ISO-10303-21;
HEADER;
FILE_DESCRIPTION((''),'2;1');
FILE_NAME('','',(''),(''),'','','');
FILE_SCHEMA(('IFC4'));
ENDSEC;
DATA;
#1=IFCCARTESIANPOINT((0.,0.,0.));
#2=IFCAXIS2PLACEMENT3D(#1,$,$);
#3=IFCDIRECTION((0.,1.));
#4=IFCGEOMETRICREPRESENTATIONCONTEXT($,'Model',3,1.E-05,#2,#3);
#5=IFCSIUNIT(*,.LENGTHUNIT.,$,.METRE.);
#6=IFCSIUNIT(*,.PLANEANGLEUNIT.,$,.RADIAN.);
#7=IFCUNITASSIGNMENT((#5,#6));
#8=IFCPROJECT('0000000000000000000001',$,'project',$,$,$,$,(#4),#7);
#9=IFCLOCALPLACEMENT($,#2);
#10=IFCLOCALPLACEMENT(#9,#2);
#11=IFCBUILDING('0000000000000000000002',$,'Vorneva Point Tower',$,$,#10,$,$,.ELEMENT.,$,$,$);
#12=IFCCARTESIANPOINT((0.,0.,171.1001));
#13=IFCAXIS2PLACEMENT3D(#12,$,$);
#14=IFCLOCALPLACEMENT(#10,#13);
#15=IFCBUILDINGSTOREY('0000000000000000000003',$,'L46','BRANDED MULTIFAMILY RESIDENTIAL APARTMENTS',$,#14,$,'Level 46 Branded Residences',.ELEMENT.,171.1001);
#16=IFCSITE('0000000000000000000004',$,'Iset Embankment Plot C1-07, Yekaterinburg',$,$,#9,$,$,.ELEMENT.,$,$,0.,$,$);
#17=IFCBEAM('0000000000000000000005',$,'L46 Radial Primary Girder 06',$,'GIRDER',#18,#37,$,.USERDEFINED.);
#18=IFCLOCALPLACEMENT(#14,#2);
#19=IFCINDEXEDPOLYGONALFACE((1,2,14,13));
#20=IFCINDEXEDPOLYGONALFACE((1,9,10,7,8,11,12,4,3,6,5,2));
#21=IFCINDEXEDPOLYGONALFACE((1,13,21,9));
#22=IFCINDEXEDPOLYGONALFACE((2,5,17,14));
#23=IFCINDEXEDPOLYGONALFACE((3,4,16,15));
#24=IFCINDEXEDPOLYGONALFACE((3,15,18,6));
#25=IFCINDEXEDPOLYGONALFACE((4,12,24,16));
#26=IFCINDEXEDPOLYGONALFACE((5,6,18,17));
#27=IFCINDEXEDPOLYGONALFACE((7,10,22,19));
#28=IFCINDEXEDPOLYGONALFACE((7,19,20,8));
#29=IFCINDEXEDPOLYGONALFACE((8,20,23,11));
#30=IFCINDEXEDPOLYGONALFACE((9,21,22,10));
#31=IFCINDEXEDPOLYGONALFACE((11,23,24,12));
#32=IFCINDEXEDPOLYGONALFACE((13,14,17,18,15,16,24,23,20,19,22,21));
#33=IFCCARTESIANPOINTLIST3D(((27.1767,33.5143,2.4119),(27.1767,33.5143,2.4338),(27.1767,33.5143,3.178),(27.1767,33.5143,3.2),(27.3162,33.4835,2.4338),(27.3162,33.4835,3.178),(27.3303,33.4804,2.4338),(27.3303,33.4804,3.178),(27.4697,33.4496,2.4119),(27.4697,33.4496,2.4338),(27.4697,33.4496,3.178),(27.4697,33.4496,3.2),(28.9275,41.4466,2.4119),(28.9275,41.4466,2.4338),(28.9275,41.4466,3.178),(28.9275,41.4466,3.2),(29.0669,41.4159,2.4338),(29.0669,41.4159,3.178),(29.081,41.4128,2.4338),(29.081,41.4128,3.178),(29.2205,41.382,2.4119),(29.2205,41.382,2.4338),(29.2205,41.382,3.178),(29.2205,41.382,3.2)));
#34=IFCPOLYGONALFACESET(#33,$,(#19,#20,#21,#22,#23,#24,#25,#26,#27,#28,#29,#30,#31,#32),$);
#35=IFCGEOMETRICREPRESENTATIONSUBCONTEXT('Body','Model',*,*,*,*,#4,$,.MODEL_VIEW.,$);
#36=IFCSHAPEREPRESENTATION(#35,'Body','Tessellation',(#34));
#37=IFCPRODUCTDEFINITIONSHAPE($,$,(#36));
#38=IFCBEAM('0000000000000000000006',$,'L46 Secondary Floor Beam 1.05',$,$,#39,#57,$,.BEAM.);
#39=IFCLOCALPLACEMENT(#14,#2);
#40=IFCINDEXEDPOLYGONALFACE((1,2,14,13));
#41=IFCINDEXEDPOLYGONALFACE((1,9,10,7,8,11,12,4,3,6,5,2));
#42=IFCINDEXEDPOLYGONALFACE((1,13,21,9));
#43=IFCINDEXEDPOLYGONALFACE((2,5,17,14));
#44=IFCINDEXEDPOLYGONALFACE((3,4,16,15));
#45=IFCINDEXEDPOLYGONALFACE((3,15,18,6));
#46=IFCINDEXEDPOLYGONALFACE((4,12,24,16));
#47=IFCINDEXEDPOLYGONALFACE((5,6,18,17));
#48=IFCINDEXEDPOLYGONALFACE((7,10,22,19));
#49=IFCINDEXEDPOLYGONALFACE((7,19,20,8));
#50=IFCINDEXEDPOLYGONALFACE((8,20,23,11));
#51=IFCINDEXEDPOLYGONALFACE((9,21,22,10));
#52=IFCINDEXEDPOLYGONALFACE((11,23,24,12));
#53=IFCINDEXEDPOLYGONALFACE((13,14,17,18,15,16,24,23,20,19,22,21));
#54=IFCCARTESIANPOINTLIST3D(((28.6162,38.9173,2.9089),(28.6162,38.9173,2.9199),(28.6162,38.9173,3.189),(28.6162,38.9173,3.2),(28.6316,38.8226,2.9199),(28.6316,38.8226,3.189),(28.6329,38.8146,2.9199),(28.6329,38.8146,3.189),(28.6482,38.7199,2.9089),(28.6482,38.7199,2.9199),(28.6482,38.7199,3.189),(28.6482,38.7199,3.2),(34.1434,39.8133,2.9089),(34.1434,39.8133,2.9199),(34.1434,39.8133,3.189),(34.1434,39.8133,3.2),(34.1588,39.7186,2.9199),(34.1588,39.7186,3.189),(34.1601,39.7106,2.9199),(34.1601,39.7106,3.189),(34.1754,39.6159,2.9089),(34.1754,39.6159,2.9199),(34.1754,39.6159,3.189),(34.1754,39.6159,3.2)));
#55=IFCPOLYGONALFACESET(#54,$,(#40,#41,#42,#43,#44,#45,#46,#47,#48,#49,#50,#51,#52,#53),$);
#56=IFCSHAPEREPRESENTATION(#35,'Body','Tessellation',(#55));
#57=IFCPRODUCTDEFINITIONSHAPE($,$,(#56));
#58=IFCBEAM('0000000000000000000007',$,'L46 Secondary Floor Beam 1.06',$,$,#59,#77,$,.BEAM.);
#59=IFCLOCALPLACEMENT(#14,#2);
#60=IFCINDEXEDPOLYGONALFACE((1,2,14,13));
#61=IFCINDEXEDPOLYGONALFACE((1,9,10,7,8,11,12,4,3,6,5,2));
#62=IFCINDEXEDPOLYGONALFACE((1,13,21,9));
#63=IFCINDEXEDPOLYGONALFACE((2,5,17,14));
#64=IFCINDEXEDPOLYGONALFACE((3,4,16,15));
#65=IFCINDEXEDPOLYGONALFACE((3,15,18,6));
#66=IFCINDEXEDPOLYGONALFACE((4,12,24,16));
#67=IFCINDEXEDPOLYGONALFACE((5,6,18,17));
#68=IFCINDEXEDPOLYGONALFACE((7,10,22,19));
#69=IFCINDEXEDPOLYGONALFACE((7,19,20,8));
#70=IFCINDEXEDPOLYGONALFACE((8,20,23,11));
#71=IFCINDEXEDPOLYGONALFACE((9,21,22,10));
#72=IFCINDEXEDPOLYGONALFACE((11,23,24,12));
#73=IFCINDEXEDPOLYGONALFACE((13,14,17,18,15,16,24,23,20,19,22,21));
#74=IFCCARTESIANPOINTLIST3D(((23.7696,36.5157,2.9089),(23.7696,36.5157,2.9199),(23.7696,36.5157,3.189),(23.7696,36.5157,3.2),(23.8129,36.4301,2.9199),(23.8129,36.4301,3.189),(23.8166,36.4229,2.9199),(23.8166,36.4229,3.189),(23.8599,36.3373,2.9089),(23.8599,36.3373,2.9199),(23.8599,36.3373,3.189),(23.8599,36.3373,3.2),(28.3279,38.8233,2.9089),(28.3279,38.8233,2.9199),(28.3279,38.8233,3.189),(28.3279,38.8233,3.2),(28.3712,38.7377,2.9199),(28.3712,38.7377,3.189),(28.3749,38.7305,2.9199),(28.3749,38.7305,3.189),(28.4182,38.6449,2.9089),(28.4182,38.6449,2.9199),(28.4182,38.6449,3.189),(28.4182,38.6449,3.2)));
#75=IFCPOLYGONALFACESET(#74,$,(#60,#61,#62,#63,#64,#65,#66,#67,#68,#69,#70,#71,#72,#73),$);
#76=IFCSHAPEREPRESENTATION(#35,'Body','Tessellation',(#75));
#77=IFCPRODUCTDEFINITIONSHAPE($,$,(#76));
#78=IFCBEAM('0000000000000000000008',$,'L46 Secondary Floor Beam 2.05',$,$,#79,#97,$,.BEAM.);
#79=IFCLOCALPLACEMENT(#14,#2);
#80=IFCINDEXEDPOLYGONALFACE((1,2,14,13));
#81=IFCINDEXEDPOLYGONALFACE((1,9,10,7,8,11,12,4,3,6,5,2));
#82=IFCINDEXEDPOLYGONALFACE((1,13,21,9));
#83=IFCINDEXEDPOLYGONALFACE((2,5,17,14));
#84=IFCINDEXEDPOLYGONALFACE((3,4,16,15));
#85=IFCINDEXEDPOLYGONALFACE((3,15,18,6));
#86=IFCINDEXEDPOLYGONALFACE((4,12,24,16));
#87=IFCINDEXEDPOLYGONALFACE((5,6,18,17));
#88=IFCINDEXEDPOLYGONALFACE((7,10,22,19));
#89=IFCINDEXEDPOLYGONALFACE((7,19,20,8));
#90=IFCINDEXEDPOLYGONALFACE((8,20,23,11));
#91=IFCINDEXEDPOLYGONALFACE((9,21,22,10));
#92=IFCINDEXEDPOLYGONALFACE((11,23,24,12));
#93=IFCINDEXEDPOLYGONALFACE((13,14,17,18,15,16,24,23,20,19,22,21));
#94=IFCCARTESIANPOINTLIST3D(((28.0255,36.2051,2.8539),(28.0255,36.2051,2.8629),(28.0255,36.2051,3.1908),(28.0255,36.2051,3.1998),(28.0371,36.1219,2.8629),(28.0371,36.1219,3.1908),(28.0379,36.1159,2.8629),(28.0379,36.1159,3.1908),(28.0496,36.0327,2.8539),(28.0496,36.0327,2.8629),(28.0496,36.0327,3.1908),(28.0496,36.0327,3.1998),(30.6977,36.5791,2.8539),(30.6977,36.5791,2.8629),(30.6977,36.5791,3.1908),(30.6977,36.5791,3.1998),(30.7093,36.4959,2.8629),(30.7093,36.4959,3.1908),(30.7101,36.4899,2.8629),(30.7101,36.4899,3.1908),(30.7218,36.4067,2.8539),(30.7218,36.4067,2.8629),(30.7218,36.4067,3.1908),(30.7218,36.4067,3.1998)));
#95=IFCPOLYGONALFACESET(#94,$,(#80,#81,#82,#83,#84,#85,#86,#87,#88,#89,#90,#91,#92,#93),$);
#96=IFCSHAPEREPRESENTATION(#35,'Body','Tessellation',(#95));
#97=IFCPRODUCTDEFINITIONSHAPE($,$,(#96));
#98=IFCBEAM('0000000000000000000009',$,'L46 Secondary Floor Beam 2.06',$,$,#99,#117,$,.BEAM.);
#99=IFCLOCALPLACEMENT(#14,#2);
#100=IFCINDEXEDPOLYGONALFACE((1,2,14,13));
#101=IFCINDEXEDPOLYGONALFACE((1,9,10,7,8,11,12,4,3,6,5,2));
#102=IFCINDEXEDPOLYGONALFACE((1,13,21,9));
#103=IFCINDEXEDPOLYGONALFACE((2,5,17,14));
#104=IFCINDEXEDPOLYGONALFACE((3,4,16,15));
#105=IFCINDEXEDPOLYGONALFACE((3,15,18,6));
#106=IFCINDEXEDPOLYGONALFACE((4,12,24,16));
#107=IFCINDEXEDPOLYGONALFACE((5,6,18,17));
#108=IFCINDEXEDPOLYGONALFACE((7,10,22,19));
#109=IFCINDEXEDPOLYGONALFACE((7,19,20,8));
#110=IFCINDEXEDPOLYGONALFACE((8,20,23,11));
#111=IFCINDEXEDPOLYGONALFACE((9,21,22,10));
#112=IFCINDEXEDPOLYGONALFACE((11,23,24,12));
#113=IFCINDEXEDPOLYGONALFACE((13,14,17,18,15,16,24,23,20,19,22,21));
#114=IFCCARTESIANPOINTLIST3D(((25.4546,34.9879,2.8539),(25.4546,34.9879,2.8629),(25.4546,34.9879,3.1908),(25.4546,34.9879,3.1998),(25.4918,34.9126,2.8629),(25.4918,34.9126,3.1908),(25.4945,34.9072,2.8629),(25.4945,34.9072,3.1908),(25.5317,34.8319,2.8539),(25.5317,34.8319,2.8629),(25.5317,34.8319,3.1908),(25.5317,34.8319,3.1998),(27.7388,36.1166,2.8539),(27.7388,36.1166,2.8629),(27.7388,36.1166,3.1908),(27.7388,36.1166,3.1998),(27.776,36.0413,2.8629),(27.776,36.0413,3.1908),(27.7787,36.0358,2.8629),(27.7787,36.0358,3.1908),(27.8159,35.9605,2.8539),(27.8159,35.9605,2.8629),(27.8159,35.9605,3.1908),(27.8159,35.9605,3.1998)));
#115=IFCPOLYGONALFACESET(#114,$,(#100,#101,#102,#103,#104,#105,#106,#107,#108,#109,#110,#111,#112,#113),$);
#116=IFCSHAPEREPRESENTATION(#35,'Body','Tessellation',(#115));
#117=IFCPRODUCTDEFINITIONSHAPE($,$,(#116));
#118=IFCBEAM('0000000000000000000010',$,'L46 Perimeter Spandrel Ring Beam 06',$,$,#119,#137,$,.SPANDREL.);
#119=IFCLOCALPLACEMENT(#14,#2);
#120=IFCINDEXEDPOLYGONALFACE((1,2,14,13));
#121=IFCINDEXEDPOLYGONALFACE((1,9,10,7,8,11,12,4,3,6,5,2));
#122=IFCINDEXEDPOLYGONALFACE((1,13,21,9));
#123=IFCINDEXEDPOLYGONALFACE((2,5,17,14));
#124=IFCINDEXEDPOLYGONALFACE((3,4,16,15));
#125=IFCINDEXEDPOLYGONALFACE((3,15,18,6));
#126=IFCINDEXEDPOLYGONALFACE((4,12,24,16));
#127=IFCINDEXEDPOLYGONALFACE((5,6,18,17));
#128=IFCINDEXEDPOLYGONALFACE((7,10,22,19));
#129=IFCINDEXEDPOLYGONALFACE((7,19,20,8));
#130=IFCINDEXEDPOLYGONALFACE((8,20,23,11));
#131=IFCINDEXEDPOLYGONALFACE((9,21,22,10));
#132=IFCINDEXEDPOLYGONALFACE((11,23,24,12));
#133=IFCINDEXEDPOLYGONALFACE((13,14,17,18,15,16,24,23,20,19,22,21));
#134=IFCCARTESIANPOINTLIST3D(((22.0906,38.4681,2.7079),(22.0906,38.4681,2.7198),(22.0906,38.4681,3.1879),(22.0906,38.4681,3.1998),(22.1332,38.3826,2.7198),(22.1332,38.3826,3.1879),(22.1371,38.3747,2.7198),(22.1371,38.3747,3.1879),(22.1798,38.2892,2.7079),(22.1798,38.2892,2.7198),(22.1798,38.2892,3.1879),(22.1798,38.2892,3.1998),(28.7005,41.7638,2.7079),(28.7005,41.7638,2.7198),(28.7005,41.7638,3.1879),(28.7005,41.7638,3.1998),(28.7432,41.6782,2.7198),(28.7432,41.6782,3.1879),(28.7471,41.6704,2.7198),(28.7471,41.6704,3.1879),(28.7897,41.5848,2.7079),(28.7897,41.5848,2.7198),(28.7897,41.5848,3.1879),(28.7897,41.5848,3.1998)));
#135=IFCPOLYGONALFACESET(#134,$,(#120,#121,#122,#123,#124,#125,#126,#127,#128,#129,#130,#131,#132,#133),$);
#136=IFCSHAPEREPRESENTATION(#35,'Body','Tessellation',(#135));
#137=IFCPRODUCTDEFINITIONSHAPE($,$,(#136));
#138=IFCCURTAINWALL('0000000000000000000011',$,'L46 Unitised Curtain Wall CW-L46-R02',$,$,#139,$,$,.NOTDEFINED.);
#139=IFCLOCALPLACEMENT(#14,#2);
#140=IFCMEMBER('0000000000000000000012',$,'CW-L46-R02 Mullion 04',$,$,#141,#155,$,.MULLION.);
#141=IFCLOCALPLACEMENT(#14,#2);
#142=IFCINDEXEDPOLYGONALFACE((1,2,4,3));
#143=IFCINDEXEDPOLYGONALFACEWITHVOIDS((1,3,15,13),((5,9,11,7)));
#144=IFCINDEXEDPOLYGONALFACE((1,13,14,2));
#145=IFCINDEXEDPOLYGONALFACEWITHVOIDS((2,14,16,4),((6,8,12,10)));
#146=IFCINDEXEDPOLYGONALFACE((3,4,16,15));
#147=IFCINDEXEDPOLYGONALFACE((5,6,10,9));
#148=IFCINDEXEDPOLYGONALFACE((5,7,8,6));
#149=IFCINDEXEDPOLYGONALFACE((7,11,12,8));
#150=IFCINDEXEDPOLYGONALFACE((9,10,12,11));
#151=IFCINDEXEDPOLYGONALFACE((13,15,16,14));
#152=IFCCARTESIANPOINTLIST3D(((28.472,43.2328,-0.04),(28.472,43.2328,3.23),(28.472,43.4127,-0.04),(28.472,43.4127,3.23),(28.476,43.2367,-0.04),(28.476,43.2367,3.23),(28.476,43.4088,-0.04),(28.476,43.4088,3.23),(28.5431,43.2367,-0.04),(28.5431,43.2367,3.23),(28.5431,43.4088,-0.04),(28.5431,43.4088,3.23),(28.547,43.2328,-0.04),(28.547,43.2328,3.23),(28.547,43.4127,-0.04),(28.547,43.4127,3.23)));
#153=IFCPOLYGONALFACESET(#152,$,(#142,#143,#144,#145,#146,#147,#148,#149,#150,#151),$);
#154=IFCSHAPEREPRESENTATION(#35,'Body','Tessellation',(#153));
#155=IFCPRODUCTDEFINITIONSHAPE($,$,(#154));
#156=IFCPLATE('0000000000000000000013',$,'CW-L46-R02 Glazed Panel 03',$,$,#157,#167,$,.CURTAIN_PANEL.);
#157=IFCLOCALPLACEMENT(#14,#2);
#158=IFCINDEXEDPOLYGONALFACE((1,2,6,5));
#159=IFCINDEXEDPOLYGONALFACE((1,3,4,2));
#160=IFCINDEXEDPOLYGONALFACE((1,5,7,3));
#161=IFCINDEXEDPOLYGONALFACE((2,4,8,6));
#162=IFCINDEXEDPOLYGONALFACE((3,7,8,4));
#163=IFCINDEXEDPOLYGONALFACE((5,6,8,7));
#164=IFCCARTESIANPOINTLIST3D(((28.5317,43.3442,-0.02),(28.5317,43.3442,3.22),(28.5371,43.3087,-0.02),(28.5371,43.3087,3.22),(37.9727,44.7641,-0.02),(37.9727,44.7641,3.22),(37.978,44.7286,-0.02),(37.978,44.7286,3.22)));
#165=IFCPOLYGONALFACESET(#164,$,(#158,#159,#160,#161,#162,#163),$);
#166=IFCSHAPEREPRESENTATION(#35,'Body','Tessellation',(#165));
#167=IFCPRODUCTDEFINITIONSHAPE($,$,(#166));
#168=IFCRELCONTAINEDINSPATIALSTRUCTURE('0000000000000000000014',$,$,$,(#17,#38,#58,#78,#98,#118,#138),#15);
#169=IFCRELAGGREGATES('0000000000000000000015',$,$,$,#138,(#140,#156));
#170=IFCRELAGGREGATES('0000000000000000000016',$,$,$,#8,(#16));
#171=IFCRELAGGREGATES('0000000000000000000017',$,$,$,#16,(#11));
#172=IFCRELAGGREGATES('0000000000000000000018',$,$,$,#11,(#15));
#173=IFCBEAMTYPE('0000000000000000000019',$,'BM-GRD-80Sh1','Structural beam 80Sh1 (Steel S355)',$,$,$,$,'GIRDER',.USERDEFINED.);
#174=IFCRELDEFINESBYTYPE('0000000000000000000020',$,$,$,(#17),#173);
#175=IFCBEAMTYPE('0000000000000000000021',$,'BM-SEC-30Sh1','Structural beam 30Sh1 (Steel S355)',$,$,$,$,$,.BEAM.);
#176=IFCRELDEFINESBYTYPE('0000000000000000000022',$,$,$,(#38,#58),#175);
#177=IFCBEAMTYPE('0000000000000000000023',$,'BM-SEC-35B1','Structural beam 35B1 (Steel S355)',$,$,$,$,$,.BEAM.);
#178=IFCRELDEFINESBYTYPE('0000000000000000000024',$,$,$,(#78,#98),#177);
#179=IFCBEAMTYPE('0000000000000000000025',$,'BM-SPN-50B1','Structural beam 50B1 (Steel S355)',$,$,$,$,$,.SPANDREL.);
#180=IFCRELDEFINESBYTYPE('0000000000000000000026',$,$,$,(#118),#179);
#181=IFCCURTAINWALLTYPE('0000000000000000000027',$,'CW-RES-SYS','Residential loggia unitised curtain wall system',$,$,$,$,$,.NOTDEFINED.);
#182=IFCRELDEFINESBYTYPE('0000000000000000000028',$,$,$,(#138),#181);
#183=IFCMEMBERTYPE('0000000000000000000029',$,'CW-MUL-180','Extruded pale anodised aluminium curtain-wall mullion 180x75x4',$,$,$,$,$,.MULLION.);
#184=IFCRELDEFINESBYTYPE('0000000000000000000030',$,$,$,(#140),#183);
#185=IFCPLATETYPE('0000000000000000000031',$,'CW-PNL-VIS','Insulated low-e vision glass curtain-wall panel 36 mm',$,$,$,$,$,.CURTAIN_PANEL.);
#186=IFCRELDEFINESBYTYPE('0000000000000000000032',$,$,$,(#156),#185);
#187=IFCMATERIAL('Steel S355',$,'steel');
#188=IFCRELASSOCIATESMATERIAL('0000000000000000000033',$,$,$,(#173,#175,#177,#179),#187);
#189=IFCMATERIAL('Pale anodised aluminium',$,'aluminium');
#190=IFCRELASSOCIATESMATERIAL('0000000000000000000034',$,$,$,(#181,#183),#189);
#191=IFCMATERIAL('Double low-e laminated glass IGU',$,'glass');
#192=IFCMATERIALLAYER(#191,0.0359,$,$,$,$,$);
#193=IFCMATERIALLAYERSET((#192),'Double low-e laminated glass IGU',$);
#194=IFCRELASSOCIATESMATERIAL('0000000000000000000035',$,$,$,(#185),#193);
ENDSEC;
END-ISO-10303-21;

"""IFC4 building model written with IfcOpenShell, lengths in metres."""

from ifc_helpers import new_model, si_unit, direction, frame, origin, origin_2d, place, context, subcontext, project, spatial, rectangle, hollow_rectangle, i_section, extrude, material, layer, layer_set, material_profile, profile_set, type_object, element, aggregate, save


model = new_model("IFC4")

# Units and contexts
model_context = context("Model", 3, precision=1e-05, world=origin(), true_north=direction((0.0, 1.0)))
body_context = subcontext(model_context, "Body", "Model", "MODEL_VIEW")
ifc_project = project(units=[si_unit("LENGTHUNIT", "METRE"), si_unit("PLANEANGLEUNIT", "RADIAN")], contexts=[model_context])

# Site, building, storey
site_placement = place(None, origin())
site = spatial("IfcSite", under=ifc_project, at=site_placement, Name="Iset Embankment Plot C1-07, Yekaterinburg", CompositionType="ELEMENT", RefElevation=0.0)
building_placement = place(site_placement, origin())
building = spatial("IfcBuilding", under=site, at=building_placement, Name="Vorneva Point Tower", CompositionType="ELEMENT")
storey_placement = place(building_placement, frame((0.0, 0.0, 171.1001)))
storey = spatial("IfcBuildingStorey", under=building, at=storey_placement, Name="L46", Description="BRANDED MULTIFAMILY RESIDENTIAL APARTMENTS", LongName="Level 46 Branded Residences", CompositionType="ELEMENT", Elevation=171.1001)

# Beams
ifc_material_1 = material(Name="Steel S355", Category="steel")
ifc_material_profile_1 = material_profile(ifc_material_1, i_section(OverallWidth=0.3, OverallDepth=0.7881, WebThickness=0.0144, FlangeThickness=0.022, at=origin_2d()), Name="80Sh1")
ifc_profile_set_1 = profile_set([ifc_material_profile_1], Name="Steel S355")
beam_type_1 = type_object("IfcBeamType", Name="BM-GRD-80Sh1", Description="Structural beam 80Sh1 (Steel S355)", ElementType="GIRDER", PredefinedType="USERDEFINED", material=ifc_profile_set_1)
beam_1_placement = place(storey_placement, frame((29.074, 41.4143, 2.8059), z_axis=(-0.215521, -0.976499, 0.0), x_axis=(0.976499, -0.215521, 0.0)))
element("IfcBeam", 1, at=beam_1_placement, inside=storey, type_object=beam_type_1, Name="L46 Radial Primary Girder 06", ObjectType="GIRDER", PredefinedType="USERDEFINED", context=body_context, shape_type="SweptSolid", body=[
    extrude(i_section(OverallWidth=0.3, OverallDepth=0.7881, WebThickness=0.0144, FlangeThickness=0.022, at=origin_2d()), origin(), (0.0, 0.0, 1.0), 8.1233),
])
ifc_material_profile_2 = material_profile(ifc_material_1, i_section(OverallWidth=0.2, OverallDepth=0.291, WebThickness=0.0081, FlangeThickness=0.011, at=origin_2d()), Name="30Sh1")
ifc_profile_set_2 = profile_set([ifc_material_profile_2], Name="Steel S355")
beam_type_2 = type_object("IfcBeamType", Name="BM-SEC-30Sh1", Description="Structural beam 30Sh1 (Steel S355)", PredefinedType="BEAM", material=ifc_profile_set_2)
beam_2_placement = place(storey_placement, frame((34.1594, 39.7146, 3.0544), z_axis=(-0.987114, -0.160021, 0.0), x_axis=(0.160021, -0.987114, 0.0)))
element("IfcBeam", 2, at=beam_2_placement, inside=storey, type_object=beam_type_2, Name="L46 Secondary Floor Beam 1.05", PredefinedType="BEAM", context=body_context, shape_type="SweptSolid", body=[
    extrude(i_section(OverallWidth=0.2, OverallDepth=0.291, WebThickness=0.0081, FlangeThickness=0.011, at=origin_2d()), origin(), (0.0, 0.0, 1.0), 5.5994),
])
beam_3_placement = place(storey_placement, frame((28.373, 38.7341, 3.0544), z_axis=(-0.892189, -0.451662, 0.0), x_axis=(0.451662, -0.892189, 0.0)))
element("IfcBeam", 3, at=beam_3_placement, inside=storey, type_object=beam_type_2, Name="L46 Secondary Floor Beam 1.06", PredefinedType="BEAM", context=body_context, shape_type="SweptSolid", body=[
    extrude(i_section(OverallWidth=0.2, OverallDepth=0.291, WebThickness=0.0081, FlangeThickness=0.011, at=origin_2d()), origin(), (0.0, 0.0, 1.0), 5.1091),
])
ifc_material_profile_3 = material_profile(ifc_material_1, i_section(OverallWidth=0.1741, OverallDepth=0.3459, WebThickness=0.0061, FlangeThickness=0.009, at=origin_2d()), Name="35B1")
ifc_profile_set_3 = profile_set([ifc_material_profile_3], Name="Steel S355")
beam_type_3 = type_object("IfcBeamType", Name="BM-SEC-35B1", Description="Structural beam 35B1 (Steel S355)", PredefinedType="BEAM", material=ifc_profile_set_3)
beam_4_placement = place(storey_placement, frame((30.7097, 36.4929, 3.0269), z_axis=(-0.990345, -0.138621, 0.0), x_axis=(0.138621, -0.990345, 0.0)))
element("IfcBeam", 4, at=beam_4_placement, inside=storey, type_object=beam_type_3, Name="L46 Secondary Floor Beam 2.05", PredefinedType="BEAM", context=body_context, shape_type="SweptSolid", body=[
    extrude(i_section(OverallWidth=0.1741, OverallDepth=0.3459, WebThickness=0.0061, FlangeThickness=0.009, at=origin_2d()), origin(), (0.0, 0.0, 1.0), 2.6982),
])
beam_5_placement = place(storey_placement, frame((27.7773, 36.0386, 3.0269), z_axis=(-0.896525, -0.442992, 0.0), x_axis=(0.442992, -0.896525, 0.0)))
element("IfcBeam", 5, at=beam_5_placement, inside=storey, type_object=beam_type_3, Name="L46 Secondary Floor Beam 2.06", PredefinedType="BEAM", context=body_context, shape_type="SweptSolid", body=[
    extrude(i_section(OverallWidth=0.1741, OverallDepth=0.3459, WebThickness=0.0061, FlangeThickness=0.009, at=origin_2d()), origin(), (0.0, 0.0, 1.0), 2.5479),
])
ifc_material_profile_4 = material_profile(ifc_material_1, i_section(OverallWidth=0.2, OverallDepth=0.4919, WebThickness=0.0088, FlangeThickness=0.012, at=origin_2d()), Name="50B1")
ifc_profile_set_4 = profile_set([ifc_material_profile_4], Name="Steel S355")
beam_type_4 = type_object("IfcBeamType", Name="BM-SPN-50B1", Description="Structural beam 50B1 (Steel S355)", PredefinedType="SPANDREL", material=ifc_profile_set_4)
beam_6_placement = place(storey_placement, frame((28.7451, 41.6743, 2.9539), z_axis=(-0.894929, -0.446208, 0.0), x_axis=(0.446208, -0.894929, 0.0)))
element("IfcBeam", 6, at=beam_6_placement, inside=storey, type_object=beam_type_4, Name="L46 Perimeter Spandrel Ring Beam 06", PredefinedType="SPANDREL", context=body_context, shape_type="SweptSolid", body=[
    extrude(i_section(OverallWidth=0.2, OverallDepth=0.4919, WebThickness=0.0088, FlangeThickness=0.012, at=origin_2d()), origin(), (0.0, 0.0, 1.0), 7.386),
])

# Curtain wall, member, plate
ifc_material_2 = material(Name="Pale anodised aluminium", Category="aluminium")
curtain_wall_type = type_object("IfcCurtainWallType", Name="CW-RES-SYS", Description="Residential loggia unitised curtain wall system", PredefinedType="NOTDEFINED", material=ifc_material_2)
curtain_wall_placement = place(storey_placement, origin())
curtain_wall = element("IfcCurtainWall", 7, at=curtain_wall_placement, inside=storey, type_object=curtain_wall_type, Name="L46 Unitised Curtain Wall CW-L46-R02", PredefinedType="NOTDEFINED")
ifc_material_profile_5 = material_profile(ifc_material_2, hollow_rectangle(XDim=0.075, YDim=0.1799, WallThickness=0.0039, at=origin_2d()), Name="AL-MUL 180x75x4")
ifc_profile_set_5 = profile_set([ifc_material_profile_5], Name="Pale anodised aluminium")
member_type = type_object("IfcMemberType", Name="CW-MUL-180", Description="Extruded pale anodised aluminium curtain-wall mullion 180x75x4", PredefinedType="MULLION", material=ifc_profile_set_5)
member_placement = place(storey_placement, frame((28.5095, 43.3228, -0.04), z_axis=(0.0, 0.0, 1.0), x_axis=(1.0, 0.0, 0.0)))
member = element("IfcMember", 8, at=member_placement, type_object=member_type, Name="CW-L46-R02 Mullion 04", PredefinedType="MULLION", context=body_context, shape_type="SweptSolid", body=[
    extrude(hollow_rectangle(XDim=0.075, YDim=0.1799, WallThickness=0.0039, at=origin_2d()), origin(), (0.0, 0.0, 1.0), 3.27),
])
ifc_material_3 = material(Name="Double low-e laminated glass IGU", Category="glass")
ifc_layer_1 = layer(ifc_material_3, 0.0359)
ifc_layer_set_1 = layer_set([ifc_layer_1], Name="Double low-e laminated glass IGU")
plate_type = type_object("IfcPlateType", Name="CW-PNL-VIS", Description="Insulated low-e vision glass curtain-wall panel 36 mm", PredefinedType="CURTAIN_PANEL", material=ifc_layer_set_1)
plate_placement = place(storey_placement, frame((33.2549, 44.0364, -0.02), z_axis=(0.0, 0.0, 1.0), x_axis=(-0.988879, -0.148724, 0.0)))
plate = element("IfcPlate", 9, at=plate_placement, type_object=plate_type, Name="CW-L46-R02 Glazed Panel 03", PredefinedType="CURTAIN_PANEL", context=body_context, shape_type="SweptSolid", body=[
    extrude(rectangle(XDim=9.5471, YDim=0.0359, at=origin_2d()), origin(), (0.0, 0.0, 1.0), 3.24),
])
aggregate(curtain_wall, [member, plate])

save(model, "model.ifc")
